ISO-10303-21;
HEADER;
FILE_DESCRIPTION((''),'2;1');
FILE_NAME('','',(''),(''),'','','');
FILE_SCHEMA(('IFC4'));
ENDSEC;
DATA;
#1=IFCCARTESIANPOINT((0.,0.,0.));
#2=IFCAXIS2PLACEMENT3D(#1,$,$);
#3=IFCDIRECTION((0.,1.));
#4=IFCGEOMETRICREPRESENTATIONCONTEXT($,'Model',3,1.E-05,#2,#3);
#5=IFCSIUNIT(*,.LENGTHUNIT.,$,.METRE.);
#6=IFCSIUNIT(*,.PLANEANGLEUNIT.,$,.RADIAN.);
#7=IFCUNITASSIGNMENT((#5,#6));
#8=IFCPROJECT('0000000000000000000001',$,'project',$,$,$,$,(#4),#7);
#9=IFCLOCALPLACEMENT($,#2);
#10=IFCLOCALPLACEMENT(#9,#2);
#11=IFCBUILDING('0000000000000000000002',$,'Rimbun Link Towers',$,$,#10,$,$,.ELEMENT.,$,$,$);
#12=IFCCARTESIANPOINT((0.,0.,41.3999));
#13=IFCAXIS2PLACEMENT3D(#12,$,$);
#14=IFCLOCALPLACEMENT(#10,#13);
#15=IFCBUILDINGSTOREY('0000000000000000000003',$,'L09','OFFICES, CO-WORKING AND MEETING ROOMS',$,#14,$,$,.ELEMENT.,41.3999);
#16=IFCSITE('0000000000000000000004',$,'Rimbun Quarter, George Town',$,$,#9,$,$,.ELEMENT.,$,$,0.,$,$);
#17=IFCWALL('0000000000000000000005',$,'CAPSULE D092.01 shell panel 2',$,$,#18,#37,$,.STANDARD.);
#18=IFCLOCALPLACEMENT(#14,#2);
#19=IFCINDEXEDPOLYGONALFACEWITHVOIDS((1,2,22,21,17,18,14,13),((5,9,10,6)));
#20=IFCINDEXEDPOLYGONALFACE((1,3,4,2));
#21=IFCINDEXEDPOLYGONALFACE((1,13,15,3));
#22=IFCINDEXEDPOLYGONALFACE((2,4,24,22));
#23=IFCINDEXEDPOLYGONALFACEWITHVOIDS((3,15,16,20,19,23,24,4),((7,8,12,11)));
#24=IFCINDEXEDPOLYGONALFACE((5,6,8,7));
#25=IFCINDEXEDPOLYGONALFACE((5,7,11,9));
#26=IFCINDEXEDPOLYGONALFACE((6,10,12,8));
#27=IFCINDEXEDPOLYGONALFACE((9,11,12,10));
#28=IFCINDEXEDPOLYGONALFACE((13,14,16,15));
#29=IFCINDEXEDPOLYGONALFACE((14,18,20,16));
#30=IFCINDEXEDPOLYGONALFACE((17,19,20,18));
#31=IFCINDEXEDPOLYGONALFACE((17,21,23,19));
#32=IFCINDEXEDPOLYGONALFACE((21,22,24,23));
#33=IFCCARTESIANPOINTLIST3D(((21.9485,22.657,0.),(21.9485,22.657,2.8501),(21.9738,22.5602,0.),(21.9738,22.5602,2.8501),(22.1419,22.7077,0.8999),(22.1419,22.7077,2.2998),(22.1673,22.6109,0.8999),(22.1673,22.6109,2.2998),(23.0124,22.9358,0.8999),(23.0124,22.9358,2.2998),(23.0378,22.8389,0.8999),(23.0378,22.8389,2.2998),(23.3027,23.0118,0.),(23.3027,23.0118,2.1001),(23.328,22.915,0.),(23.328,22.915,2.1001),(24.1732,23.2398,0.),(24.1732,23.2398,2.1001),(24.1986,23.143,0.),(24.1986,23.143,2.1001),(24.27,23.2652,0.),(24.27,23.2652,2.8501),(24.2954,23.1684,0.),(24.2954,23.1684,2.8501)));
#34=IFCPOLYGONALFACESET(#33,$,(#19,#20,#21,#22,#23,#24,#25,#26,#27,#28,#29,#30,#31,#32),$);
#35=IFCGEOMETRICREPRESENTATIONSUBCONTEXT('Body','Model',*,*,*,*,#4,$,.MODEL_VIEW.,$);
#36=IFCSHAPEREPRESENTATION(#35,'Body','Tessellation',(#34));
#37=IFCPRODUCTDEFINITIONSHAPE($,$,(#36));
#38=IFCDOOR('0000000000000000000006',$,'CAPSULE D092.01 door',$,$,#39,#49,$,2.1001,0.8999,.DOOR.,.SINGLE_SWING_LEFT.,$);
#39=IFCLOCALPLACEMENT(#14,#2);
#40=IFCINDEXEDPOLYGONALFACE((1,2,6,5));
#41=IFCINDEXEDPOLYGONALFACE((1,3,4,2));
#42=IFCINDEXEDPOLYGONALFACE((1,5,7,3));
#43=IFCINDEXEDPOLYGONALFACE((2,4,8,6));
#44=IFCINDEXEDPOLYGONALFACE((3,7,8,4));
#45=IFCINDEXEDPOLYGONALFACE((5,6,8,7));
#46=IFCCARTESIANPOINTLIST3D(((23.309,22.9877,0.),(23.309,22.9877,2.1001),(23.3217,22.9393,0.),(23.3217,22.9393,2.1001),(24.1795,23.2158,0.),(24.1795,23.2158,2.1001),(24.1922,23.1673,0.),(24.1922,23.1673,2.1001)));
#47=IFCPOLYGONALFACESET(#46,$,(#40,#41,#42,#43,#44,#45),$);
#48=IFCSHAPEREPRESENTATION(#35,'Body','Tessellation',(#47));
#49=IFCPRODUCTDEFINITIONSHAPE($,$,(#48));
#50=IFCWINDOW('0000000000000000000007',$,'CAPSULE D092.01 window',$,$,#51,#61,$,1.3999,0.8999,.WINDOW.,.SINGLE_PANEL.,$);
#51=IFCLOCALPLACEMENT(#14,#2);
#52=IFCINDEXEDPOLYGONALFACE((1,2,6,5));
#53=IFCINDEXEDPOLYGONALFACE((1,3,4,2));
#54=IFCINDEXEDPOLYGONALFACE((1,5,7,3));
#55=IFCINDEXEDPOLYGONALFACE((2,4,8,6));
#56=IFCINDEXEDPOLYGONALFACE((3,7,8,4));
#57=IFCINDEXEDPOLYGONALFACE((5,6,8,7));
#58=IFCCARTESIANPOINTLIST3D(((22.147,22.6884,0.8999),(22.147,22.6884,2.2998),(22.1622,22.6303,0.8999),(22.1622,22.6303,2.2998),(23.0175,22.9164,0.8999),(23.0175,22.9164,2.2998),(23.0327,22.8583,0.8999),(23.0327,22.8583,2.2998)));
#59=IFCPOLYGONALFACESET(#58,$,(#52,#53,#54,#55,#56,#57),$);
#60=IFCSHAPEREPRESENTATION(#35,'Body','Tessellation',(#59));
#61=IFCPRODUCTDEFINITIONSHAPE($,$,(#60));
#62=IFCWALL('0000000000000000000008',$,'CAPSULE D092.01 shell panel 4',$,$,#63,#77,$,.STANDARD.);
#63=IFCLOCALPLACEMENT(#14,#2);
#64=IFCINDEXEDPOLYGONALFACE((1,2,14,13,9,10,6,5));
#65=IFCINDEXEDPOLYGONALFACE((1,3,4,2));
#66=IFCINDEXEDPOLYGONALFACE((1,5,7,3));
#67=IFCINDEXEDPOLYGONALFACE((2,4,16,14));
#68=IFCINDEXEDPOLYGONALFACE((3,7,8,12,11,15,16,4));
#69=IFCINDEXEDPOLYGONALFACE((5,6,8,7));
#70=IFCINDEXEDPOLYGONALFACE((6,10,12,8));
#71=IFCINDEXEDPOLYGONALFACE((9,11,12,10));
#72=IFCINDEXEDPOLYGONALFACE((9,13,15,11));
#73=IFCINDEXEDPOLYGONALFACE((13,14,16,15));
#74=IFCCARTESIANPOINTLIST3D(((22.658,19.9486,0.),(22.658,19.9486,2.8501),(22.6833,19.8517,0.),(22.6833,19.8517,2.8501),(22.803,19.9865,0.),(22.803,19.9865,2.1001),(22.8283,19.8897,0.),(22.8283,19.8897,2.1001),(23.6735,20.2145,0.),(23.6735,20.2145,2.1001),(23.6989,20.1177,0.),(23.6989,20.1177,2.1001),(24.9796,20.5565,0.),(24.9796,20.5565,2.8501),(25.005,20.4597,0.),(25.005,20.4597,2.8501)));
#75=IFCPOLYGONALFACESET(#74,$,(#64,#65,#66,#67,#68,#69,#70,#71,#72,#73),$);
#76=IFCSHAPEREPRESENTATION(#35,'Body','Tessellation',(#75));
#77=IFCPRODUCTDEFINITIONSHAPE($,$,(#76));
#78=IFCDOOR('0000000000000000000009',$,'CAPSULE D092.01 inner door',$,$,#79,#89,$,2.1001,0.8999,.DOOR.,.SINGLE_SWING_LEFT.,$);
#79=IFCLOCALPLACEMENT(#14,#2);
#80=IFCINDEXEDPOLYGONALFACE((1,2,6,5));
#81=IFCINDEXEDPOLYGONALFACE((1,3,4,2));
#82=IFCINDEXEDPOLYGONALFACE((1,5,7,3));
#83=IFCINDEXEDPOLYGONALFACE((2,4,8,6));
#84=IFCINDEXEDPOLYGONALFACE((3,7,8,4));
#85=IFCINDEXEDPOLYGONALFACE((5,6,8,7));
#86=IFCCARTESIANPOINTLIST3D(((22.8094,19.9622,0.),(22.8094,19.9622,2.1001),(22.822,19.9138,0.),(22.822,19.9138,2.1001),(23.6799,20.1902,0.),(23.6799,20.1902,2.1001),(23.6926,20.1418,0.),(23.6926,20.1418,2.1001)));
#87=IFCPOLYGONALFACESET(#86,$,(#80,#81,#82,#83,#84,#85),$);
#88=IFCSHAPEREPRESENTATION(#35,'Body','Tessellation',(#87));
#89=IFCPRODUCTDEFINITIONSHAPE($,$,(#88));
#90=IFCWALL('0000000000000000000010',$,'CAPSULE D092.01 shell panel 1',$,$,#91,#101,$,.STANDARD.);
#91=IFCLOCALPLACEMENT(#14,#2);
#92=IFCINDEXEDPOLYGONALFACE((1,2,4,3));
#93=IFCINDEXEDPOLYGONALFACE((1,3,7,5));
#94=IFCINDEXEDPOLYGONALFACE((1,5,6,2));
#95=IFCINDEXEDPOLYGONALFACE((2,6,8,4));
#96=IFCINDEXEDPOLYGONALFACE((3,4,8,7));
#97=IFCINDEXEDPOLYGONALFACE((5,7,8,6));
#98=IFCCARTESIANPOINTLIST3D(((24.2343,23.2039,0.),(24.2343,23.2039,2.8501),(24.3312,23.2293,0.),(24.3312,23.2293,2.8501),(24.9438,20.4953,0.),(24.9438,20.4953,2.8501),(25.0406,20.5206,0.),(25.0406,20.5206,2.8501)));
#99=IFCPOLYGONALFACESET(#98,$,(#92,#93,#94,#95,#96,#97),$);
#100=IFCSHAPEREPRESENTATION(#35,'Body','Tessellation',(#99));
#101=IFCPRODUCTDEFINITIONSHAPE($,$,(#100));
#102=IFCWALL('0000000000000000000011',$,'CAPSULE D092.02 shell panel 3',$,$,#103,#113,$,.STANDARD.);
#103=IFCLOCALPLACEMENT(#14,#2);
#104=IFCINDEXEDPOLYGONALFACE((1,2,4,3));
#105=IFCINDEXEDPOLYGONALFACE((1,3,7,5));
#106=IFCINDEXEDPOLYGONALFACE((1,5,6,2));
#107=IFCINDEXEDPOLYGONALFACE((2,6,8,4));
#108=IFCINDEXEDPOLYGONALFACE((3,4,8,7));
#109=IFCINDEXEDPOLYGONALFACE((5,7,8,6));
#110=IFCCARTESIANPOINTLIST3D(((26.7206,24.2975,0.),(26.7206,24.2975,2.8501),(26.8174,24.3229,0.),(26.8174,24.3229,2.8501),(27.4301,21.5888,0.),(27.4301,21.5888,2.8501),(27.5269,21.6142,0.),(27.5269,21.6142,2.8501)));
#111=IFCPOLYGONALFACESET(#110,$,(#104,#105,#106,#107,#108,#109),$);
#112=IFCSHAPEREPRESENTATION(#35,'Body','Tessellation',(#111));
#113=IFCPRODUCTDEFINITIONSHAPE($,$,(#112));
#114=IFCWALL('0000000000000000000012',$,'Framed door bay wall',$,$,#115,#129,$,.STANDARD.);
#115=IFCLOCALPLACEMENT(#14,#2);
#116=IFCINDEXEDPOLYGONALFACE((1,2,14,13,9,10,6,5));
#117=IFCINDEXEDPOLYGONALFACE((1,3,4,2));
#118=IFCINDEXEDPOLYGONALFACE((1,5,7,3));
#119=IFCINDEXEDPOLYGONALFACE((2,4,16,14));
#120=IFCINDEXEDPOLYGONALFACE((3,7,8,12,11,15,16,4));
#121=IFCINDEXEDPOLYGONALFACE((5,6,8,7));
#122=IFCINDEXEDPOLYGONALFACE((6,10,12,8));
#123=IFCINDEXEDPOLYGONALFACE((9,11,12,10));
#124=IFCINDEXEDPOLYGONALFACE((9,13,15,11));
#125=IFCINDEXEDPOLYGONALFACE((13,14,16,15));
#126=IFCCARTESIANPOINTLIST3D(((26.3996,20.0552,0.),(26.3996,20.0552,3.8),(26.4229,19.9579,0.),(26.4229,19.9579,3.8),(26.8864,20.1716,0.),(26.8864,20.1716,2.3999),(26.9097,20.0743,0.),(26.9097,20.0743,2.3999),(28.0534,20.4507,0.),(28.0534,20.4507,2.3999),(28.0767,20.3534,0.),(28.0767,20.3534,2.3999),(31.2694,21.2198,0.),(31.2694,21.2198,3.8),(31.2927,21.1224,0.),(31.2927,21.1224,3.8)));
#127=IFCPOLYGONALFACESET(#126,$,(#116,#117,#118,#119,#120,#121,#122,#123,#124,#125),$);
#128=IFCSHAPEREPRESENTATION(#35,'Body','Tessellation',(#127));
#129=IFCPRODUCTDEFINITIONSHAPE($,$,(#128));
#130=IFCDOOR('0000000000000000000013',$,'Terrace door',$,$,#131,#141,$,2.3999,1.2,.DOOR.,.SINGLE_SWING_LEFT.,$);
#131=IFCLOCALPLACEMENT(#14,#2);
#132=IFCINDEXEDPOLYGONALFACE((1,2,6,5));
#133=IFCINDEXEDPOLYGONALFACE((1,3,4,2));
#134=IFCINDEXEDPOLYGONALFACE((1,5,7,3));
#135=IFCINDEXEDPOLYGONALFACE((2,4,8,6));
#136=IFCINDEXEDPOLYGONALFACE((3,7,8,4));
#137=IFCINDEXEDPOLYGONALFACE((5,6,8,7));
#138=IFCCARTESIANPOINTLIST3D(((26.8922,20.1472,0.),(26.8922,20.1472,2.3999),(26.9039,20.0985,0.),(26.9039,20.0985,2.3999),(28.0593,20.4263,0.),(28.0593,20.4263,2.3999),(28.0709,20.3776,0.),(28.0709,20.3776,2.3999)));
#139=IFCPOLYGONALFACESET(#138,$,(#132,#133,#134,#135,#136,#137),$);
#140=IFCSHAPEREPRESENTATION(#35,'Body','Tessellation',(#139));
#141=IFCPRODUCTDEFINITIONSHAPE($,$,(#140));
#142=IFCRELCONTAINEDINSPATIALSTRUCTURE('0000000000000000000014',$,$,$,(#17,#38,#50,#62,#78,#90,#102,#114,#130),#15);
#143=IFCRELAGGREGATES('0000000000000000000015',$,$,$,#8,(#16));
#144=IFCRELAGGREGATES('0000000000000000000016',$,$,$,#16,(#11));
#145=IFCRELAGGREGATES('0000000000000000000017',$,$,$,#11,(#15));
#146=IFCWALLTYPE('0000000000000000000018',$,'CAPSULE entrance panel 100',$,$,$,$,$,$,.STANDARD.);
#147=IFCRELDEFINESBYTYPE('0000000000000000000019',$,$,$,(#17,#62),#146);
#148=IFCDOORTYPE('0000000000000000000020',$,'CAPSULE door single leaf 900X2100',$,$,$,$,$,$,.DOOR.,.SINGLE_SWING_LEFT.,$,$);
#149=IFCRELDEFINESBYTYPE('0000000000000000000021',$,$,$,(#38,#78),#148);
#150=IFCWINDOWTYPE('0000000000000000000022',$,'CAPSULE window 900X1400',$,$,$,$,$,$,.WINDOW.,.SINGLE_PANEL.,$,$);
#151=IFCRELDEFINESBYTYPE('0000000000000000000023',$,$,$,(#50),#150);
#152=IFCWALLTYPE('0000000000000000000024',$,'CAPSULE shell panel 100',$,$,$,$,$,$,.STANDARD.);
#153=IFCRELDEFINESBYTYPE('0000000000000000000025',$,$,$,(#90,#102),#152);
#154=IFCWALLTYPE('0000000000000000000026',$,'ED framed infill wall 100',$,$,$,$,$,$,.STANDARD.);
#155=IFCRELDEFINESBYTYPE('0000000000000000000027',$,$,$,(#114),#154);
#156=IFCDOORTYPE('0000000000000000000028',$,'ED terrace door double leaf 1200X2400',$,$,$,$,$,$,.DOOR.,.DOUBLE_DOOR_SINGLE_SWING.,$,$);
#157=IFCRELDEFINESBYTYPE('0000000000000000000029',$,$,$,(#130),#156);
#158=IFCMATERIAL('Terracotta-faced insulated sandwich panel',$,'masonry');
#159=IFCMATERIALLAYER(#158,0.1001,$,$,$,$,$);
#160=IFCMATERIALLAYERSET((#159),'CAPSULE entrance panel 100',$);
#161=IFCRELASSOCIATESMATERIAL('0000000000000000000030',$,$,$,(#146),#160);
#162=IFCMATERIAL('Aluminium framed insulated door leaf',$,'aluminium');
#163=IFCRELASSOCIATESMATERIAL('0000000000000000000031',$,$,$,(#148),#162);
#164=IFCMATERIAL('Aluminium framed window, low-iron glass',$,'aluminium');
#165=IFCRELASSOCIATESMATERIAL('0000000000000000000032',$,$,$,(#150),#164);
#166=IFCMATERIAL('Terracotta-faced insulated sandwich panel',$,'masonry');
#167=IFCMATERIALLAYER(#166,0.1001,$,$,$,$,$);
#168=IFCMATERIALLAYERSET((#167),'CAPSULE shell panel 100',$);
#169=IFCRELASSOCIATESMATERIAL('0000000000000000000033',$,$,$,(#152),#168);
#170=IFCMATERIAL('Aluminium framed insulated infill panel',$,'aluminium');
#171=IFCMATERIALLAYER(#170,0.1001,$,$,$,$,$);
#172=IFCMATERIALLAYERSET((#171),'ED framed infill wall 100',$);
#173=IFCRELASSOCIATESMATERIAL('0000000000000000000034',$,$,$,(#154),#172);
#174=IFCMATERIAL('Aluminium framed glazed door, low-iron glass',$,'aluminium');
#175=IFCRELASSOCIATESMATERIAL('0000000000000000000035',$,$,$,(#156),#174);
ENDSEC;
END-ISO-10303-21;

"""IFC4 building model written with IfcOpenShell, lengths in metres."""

from ifc_helpers import new_model, si_unit, direction, frame, frame_2d, origin, place, context, subcontext, project, spatial, rectangle, extrude, material, layer, layer_set, type_object, element, fill, save


model = new_model("IFC4")

# Units and contexts
model_context = context("Model", 3, precision=1e-05, world=origin(), true_north=direction((0.0, 1.0)))
body_context = subcontext(model_context, "Body", "Model", "MODEL_VIEW")
ifc_project = project(units=[si_unit("LENGTHUNIT", "METRE"), si_unit("PLANEANGLEUNIT", "RADIAN")], contexts=[model_context])

# Site, building, storey
site_placement = place(None, origin())
site = spatial("IfcSite", under=ifc_project, at=site_placement, Name="Rimbun Quarter, George Town", CompositionType="ELEMENT", RefElevation=0.0)
building_placement = place(site_placement, origin())
building = spatial("IfcBuilding", under=site, at=building_placement, Name="Rimbun Link Towers", CompositionType="ELEMENT")
storey_placement = place(building_placement, frame((0.0, 0.0, 41.3999)))
storey = spatial("IfcBuildingStorey", under=building, at=storey_placement, Name="L09", Description="OFFICES, CO-WORKING AND MEETING ROOMS", CompositionType="ELEMENT", Elevation=41.3999)

# Wall, openings, door, window
ifc_material_1 = material(Name="Terracotta-faced insulated sandwich panel", Category="masonry")
ifc_layer_1 = layer(ifc_material_1, 0.1001)
ifc_layer_set_1 = layer_set([ifc_layer_1], Name="CAPSULE entrance panel 100")
wall_type_1 = type_object("IfcWallType", Name="CAPSULE entrance panel 100", PredefinedType="STANDARD", material=ifc_layer_set_1)
wall_1_placement = place(storey_placement, frame((24.2827, 23.2168, 0.0), z_axis=(0.0, 0.0, 1.0), x_axis=(-0.967359, -0.253412, 0.0)))
wall_1 = element("IfcWall", 1, at=wall_1_placement, inside=storey, type_object=wall_type_1, Name="CAPSULE D092.01 shell panel 2", PredefinedType="STANDARD", context=body_context, shape_type="SweptSolid", body=[
    extrude(rectangle(XDim=2.3999, YDim=0.1001, at=frame_2d((1.2, 0.0))), origin(), (0.0, 0.0, 1.0), 2.8501),
])
opening_1_placement = place(wall_1_placement, frame((0.1001, 0.0, 0.0)))
opening_1 = element("IfcOpeningElement", 2, at=opening_1_placement, cuts=wall_1, PredefinedType="OPENING", context=body_context, shape_type="SweptSolid", body=[
    extrude(rectangle(XDim=0.8999, YDim=2.1001, at=frame_2d((0.45, 1.05))), frame((0.0, 0.0601, 0.0), z_axis=(0.0, -1.0, 0.0), x_axis=(1.0, 0.0, 0.0)), (0.0, 0.0, 1.0), 0.1201),
])
opening_2_placement = place(wall_1_placement, frame((1.3, 0.0, 0.8999)))
opening_2 = element("IfcOpeningElement", 3, at=opening_2_placement, cuts=wall_1, PredefinedType="OPENING", context=body_context, shape_type="SweptSolid", body=[
    extrude(rectangle(XDim=0.8999, YDim=1.3999, at=frame_2d((0.45, 0.7))), frame((0.0, 0.0601, 0.0), z_axis=(0.0, -1.0, 0.0), x_axis=(1.0, 0.0, 0.0)), (0.0, 0.0, 1.0), 0.1201),
])
ifc_material_2 = material(Name="Aluminium framed insulated door leaf", Category="aluminium")
door_type_1 = type_object("IfcDoorType", Name="CAPSULE door single leaf 900X2100", OperationType="SINGLE_SWING_LEFT", PredefinedType="DOOR", material=ifc_material_2)
door_1_placement = place(opening_1_placement, origin())
door_1 = element("IfcDoor", 4, at=door_1_placement, inside=storey, type_object=door_type_1, Name="CAPSULE D092.01 door", OperationType="SINGLE_SWING_LEFT", OverallHeight=2.1001, OverallWidth=0.8999, PredefinedType="DOOR", context=body_context, shape_type="SweptSolid", body=[
    extrude(rectangle(XDim=0.8999, YDim=2.1001, at=frame_2d((0.45, 1.05))), frame((0.0, 0.0249, 0.0), z_axis=(0.0, -1.0, 0.0), x_axis=(1.0, 0.0, 0.0)), (0.0, 0.0, 1.0), 0.05),
])
fill(opening_1, door_1)
ifc_material_3 = material(Name="Aluminium framed window, low-iron glass", Category="aluminium")
window_type = type_object("IfcWindowType", Name="CAPSULE window 900X1400", PartitioningType="SINGLE_PANEL", PredefinedType="WINDOW", material=ifc_material_3)
window_placement = place(opening_2_placement, origin())
window = element("IfcWindow", 5, at=window_placement, inside=storey, type_object=window_type, Name="CAPSULE D092.01 window", OverallHeight=1.3999, OverallWidth=0.8999, PartitioningType="SINGLE_PANEL", PredefinedType="WINDOW", context=body_context, shape_type="SweptSolid", body=[
    extrude(rectangle(XDim=0.8999, YDim=1.3999, at=frame_2d((0.45, 0.7))), frame((0.0, 0.03, 0.0), z_axis=(0.0, -1.0, 0.0), x_axis=(1.0, 0.0, 0.0)), (0.0, 0.0, 1.0), 0.0601),
])
fill(opening_2, window)

# Wall, opening, door
wall_2_placement = place(storey_placement, frame((22.6707, 19.9001, 0.0), z_axis=(0.0, 0.0, 1.0), x_axis=(0.967384, 0.253316, 0.0)))
wall_2 = element("IfcWall", 6, at=wall_2_placement, inside=storey, type_object=wall_type_1, Name="CAPSULE D092.01 shell panel 4", PredefinedType="STANDARD", context=body_context, shape_type="SweptSolid", body=[
    extrude(rectangle(XDim=2.3999, YDim=0.1001, at=frame_2d((1.2, 0.0))), origin(), (0.0, 0.0, 1.0), 2.8501),
])
opening_3_placement = place(wall_2_placement, frame((0.1499, 0.0, 0.0)))
opening_3 = element("IfcOpeningElement", 7, at=opening_3_placement, cuts=wall_2, PredefinedType="OPENING", context=body_context, shape_type="SweptSolid", body=[
    extrude(rectangle(XDim=0.8999, YDim=2.1001, at=frame_2d((0.45, 1.05))), frame((0.0, 0.0601, 0.0), z_axis=(0.0, -1.0, 0.0), x_axis=(1.0, 0.0, 0.0)), (0.0, 0.0, 1.0), 0.1201),
])
door_2_placement = place(opening_3_placement, origin())
door_2 = element("IfcDoor", 8, at=door_2_placement, inside=storey, type_object=door_type_1, Name="CAPSULE D092.01 inner door", OperationType="SINGLE_SWING_LEFT", OverallHeight=2.1001, OverallWidth=0.8999, PredefinedType="DOOR", context=body_context, shape_type="SweptSolid", body=[
    extrude(rectangle(XDim=0.8999, YDim=2.1001, at=frame_2d((0.45, 1.05))), frame((0.0, 0.0249, 0.0), z_axis=(0.0, -1.0, 0.0), x_axis=(1.0, 0.0, 0.0)), (0.0, 0.0, 1.0), 0.05),
])
fill(opening_3, door_2)

# Walls
ifc_material_4 = material(Name="Terracotta-faced insulated sandwich panel", Category="masonry")
ifc_layer_2 = layer(ifc_material_4, 0.1001)
ifc_layer_set_2 = layer_set([ifc_layer_2], Name="CAPSULE shell panel 100")
wall_type_2 = type_object("IfcWallType", Name="CAPSULE shell panel 100", PredefinedType="STANDARD", material=ifc_layer_set_2)
for number, where, z_axis, x_axis, name in (
    (9, (24.9922, 20.5081, 0.0), (0.0, 0.0, 1.0), (-0.253373, 0.967369, 0.0), "CAPSULE D092.01 shell panel 1"),
    (10, (26.769, 24.3101, 0.0), (0.0, 0.0, 1.0), (0.253373, -0.967369, 0.0), "CAPSULE D092.02 shell panel 3"),
):
    element("IfcWall", number, at=place(storey_placement, frame(where, z_axis=z_axis, x_axis=x_axis)), inside=storey, type_object=wall_type_2, Name=name, PredefinedType="STANDARD", context=body_context, shape_type="SweptSolid", body=[
        extrude(rectangle(XDim=2.8, YDim=0.1001, at=frame_2d((1.3999, 0.0))), origin(), (0.0, 0.0, 1.0), 2.8501),
    ])

# Wall, opening, door
ifc_material_5 = material(Name="Aluminium framed insulated infill panel", Category="aluminium")
ifc_layer_3 = layer(ifc_material_5, 0.1001)
ifc_layer_set_3 = layer_set([ifc_layer_3], Name="ED framed infill wall 100")
wall_type_3 = type_object("IfcWallType", Name="ED framed infill wall 100", PredefinedType="STANDARD", material=ifc_layer_set_3)
wall_3_placement = place(storey_placement, frame((26.4114, 20.0066, 0.0), z_axis=(0.0, 0.0, 1.0), x_axis=(0.972578, 0.232576, 0.0)))
wall_3 = element("IfcWall", 11, at=wall_3_placement, inside=storey, type_object=wall_type_3, Name="Framed door bay wall", PredefinedType="STANDARD", context=body_context, shape_type="SweptSolid", body=[
    extrude(rectangle(XDim=5.0071, YDim=0.1001, at=frame_2d((2.5034, 0.0))), origin(), (0.0, 0.0, 1.0), 3.8),
])
opening_4_placement = place(wall_3_placement, frame((0.5002, 0.0, 0.0)))
opening_4 = element("IfcOpeningElement", 12, at=opening_4_placement, cuts=wall_3, PredefinedType="OPENING", context=body_context, shape_type="SweptSolid", body=[
    extrude(rectangle(XDim=1.2, YDim=2.3999, at=frame_2d((0.6001, 1.2))), frame((0.0, 0.0601, 0.0), z_axis=(0.0, -1.0, 0.0), x_axis=(1.0, 0.0, 0.0)), (0.0, 0.0, 1.0), 0.1201),
])
ifc_material_6 = material(Name="Aluminium framed glazed door, low-iron glass", Category="aluminium")
door_type_2 = type_object("IfcDoorType", Name="ED terrace door double leaf 1200X2400", OperationType="DOUBLE_DOOR_SINGLE_SWING", PredefinedType="DOOR", material=ifc_material_6)
door_3_placement = place(opening_4_placement, origin())
door_3 = element("IfcDoor", 13, at=door_3_placement, inside=storey, type_object=door_type_2, Name="Terrace door", OperationType="SINGLE_SWING_LEFT", OverallHeight=2.3999, OverallWidth=1.2, PredefinedType="DOOR", context=body_context, shape_type="SweptSolid", body=[
    extrude(rectangle(XDim=1.2, YDim=2.3999, at=frame_2d((0.6001, 1.2))), frame((0.0, 0.0249, 0.0), z_axis=(0.0, -1.0, 0.0), x_axis=(1.0, 0.0, 0.0)), (0.0, 0.0, 1.0), 0.05),
])
fill(opening_4, door_3)

save(model, "model.ifc")
